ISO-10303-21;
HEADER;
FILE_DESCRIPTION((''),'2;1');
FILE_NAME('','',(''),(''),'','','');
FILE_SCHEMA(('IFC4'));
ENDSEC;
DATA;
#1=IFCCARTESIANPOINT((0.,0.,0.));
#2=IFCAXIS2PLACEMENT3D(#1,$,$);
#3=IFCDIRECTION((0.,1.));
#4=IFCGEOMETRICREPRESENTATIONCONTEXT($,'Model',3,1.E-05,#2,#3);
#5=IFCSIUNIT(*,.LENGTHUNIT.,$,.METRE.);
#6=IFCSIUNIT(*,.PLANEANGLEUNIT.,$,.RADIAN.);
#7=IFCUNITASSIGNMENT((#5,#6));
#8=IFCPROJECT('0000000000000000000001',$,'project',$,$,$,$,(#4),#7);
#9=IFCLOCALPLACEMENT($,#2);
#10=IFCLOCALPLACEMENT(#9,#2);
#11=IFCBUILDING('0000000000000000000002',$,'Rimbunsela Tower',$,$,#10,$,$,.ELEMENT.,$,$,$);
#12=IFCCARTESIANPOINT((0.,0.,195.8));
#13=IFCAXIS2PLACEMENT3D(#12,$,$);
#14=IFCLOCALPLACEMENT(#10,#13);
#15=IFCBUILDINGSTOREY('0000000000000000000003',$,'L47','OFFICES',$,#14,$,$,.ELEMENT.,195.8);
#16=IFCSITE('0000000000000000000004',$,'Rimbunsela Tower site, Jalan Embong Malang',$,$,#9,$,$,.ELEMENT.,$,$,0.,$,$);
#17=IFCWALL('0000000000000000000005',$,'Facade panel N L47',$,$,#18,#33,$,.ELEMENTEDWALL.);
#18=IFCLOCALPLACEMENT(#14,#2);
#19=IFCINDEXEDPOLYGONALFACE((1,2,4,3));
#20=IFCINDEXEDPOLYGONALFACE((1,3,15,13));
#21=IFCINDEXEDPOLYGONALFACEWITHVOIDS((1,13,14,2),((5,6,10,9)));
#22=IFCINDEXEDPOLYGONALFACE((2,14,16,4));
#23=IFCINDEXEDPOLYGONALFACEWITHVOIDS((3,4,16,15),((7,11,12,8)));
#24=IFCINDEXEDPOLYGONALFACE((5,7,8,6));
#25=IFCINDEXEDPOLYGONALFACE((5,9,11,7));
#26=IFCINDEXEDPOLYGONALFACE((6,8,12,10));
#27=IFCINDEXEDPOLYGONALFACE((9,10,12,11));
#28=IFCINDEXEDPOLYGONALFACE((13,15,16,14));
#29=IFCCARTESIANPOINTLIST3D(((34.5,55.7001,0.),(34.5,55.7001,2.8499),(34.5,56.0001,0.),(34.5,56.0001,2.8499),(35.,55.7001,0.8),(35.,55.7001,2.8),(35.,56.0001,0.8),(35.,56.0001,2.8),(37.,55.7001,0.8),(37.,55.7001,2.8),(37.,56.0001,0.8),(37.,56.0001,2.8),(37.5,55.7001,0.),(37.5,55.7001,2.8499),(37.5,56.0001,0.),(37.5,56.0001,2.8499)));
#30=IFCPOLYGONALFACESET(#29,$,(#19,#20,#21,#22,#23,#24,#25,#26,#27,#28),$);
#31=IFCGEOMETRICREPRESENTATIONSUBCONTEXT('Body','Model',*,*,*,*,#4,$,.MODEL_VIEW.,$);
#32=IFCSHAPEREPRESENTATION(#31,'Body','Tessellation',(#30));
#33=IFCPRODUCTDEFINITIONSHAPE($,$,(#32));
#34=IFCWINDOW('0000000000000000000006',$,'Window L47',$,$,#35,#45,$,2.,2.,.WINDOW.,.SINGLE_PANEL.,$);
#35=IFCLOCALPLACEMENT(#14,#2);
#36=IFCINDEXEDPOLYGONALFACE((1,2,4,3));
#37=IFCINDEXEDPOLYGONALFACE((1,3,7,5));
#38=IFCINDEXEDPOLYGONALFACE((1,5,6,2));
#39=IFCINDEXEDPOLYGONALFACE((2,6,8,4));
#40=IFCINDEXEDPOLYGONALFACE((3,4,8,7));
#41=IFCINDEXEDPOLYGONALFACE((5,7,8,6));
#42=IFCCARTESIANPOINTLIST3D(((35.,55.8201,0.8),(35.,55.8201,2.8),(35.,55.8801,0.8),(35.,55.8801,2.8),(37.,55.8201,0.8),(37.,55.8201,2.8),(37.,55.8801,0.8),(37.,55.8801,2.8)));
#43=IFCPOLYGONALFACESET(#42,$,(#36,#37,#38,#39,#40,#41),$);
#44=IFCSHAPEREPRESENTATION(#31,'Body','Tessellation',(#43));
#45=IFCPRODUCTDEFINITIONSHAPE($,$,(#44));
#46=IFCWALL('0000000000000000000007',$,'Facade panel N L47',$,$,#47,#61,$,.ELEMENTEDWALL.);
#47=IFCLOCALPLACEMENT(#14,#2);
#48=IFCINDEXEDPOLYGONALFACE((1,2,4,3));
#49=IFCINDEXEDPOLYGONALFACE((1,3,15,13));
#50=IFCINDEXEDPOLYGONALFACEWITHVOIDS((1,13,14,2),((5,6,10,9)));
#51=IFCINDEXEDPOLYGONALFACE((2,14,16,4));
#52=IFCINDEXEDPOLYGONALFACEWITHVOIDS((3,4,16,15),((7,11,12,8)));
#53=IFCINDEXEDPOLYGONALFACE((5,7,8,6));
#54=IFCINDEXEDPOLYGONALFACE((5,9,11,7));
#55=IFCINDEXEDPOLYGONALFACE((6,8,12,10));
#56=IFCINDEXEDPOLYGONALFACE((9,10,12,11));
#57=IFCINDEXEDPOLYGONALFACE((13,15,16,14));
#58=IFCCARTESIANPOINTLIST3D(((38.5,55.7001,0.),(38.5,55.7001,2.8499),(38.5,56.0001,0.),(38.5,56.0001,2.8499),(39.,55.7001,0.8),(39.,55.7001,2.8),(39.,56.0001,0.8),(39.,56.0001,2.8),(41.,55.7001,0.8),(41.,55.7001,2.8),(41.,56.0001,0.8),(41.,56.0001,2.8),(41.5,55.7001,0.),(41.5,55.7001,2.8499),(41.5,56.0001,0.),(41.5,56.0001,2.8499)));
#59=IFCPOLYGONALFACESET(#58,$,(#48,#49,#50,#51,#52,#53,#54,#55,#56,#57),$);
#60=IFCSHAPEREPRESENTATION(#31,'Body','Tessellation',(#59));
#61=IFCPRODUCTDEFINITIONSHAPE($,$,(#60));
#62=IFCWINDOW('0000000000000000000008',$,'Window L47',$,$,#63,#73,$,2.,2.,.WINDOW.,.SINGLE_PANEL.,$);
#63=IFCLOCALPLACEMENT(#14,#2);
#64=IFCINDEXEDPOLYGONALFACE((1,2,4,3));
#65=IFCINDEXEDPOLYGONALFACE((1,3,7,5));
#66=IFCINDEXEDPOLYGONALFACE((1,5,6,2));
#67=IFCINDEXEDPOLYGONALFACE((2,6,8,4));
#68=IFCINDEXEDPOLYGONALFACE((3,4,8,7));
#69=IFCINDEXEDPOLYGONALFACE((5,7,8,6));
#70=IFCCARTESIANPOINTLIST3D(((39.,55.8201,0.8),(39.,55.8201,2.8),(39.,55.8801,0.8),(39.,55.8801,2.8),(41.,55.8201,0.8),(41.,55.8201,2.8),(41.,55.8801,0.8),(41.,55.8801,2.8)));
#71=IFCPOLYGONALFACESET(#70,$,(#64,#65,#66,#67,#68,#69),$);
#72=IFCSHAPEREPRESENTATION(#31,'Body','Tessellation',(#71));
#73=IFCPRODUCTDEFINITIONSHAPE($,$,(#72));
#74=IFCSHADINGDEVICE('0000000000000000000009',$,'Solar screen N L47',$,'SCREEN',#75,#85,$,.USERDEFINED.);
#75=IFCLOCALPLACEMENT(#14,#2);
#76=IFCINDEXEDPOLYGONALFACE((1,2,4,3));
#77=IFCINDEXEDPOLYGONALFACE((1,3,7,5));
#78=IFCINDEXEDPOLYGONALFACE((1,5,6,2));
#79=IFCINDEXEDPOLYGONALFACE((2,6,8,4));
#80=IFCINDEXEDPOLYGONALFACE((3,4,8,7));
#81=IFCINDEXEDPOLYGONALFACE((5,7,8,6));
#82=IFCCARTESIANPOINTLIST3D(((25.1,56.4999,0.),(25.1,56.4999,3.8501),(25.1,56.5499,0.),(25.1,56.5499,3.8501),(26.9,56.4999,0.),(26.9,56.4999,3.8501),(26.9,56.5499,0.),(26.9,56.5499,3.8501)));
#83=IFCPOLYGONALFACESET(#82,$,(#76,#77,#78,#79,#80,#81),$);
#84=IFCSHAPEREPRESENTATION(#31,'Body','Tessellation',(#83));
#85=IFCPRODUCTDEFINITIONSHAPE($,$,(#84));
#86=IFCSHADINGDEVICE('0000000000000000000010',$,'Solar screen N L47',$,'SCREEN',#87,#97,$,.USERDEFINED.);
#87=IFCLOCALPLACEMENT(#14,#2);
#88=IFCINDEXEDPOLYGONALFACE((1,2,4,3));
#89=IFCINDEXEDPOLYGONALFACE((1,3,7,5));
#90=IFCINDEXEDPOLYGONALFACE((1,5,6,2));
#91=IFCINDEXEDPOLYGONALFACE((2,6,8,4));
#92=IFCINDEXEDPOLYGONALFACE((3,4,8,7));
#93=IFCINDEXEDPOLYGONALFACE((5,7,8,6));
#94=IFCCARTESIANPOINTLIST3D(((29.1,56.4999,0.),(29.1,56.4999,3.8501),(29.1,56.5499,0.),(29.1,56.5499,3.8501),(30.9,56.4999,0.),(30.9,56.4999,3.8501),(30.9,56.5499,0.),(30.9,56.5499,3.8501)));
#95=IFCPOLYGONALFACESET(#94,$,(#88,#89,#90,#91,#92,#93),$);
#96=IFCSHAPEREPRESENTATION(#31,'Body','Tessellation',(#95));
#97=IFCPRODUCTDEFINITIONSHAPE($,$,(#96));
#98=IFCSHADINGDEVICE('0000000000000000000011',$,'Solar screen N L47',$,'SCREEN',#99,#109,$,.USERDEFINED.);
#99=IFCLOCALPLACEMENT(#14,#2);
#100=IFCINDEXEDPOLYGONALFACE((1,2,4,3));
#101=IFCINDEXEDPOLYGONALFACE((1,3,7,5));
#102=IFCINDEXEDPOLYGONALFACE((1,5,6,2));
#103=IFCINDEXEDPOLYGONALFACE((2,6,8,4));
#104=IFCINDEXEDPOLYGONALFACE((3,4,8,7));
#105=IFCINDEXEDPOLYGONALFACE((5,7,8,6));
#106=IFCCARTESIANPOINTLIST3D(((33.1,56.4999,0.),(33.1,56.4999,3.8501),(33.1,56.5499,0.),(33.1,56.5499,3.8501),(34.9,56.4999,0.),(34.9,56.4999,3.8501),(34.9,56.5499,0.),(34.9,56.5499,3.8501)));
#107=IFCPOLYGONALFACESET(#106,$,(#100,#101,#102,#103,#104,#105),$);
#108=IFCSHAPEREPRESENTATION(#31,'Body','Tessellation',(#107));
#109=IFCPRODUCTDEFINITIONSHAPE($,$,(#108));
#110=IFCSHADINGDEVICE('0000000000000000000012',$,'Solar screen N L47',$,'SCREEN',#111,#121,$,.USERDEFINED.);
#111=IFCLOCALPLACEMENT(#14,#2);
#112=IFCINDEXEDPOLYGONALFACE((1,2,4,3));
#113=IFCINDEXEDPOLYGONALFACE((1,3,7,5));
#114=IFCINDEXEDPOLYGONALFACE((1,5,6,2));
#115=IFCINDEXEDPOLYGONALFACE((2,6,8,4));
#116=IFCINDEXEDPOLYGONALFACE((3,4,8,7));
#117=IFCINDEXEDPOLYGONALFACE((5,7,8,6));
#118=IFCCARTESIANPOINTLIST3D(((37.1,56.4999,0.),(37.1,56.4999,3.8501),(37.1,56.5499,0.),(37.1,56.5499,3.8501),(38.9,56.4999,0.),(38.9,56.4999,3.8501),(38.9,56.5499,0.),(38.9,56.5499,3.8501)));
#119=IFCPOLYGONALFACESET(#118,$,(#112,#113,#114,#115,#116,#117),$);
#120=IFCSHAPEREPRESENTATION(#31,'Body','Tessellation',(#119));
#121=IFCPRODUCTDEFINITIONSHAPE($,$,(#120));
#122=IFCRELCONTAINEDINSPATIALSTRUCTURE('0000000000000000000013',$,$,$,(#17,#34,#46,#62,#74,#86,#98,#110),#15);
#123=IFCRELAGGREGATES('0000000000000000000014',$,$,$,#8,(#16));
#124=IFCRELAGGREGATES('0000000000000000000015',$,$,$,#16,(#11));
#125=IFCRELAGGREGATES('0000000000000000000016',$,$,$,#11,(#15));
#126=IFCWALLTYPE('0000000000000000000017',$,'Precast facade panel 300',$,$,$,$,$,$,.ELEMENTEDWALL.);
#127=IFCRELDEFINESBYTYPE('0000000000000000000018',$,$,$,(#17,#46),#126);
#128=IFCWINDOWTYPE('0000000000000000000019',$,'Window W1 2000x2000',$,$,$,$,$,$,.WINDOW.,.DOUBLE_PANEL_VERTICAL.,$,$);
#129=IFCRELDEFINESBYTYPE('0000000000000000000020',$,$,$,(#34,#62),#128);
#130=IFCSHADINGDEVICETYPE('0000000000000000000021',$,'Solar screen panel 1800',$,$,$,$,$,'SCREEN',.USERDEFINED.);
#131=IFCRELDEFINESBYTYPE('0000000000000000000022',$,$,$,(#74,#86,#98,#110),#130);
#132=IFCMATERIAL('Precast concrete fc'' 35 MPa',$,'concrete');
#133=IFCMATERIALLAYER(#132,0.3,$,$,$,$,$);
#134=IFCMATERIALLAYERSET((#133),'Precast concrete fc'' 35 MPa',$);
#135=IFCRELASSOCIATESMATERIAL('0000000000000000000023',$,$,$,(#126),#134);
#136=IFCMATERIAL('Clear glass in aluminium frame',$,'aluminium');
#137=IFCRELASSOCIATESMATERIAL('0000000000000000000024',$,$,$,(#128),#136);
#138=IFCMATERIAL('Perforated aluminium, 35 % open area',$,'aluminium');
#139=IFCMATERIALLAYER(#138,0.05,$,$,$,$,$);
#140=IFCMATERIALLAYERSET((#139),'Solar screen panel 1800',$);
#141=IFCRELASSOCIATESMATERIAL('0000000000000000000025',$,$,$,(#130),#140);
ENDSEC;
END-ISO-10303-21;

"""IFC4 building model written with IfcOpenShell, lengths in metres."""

from ifc_helpers import new_model, si_unit, direction, frame, frame_2d, origin, origin_2d, place, context, subcontext, project, spatial, rectangle, extrude, material, layer, layer_set, type_object, element, fill, save


model = new_model("IFC4")

# Units and contexts
model_context = context("Model", 3, precision=1e-05, world=origin(), true_north=direction((0.0, 1.0)))
body_context = subcontext(model_context, "Body", "Model", "MODEL_VIEW")
ifc_project = project(units=[si_unit("LENGTHUNIT", "METRE"), si_unit("PLANEANGLEUNIT", "RADIAN")], contexts=[model_context])

# Site, building, storey
site_placement = place(None, origin())
site = spatial("IfcSite", under=ifc_project, at=site_placement, Name="Rimbunsela Tower site, Jalan Embong Malang", CompositionType="ELEMENT", RefElevation=0.0)
building_placement = place(site_placement, origin())
building = spatial("IfcBuilding", under=site, at=building_placement, Name="Rimbunsela Tower", CompositionType="ELEMENT")
storey_placement = place(building_placement, frame((0.0, 0.0, 195.8)))
storey = spatial("IfcBuildingStorey", under=building, at=storey_placement, Name="L47", Description="OFFICES", CompositionType="ELEMENT", Elevation=195.8)

# Shared definitions
ifc_material_1 = material(Name="Precast concrete fc' 35 MPa", Category="concrete")
ifc_layer_1 = layer(ifc_material_1, 0.3)
ifc_layer_set_1 = layer_set([ifc_layer_1], Name="Precast concrete fc' 35 MPa")
wall_type_1 = type_object("IfcWallType", Name="Precast facade panel 300", PredefinedType="ELEMENTEDWALL", material=ifc_layer_set_1)

# Walls, openings, windows
ifc_material_2 = material(Name="Clear glass in aluminium frame", Category="aluminium")
window_type_1 = type_object("IfcWindowType", Name="Window W1 2000x2000", PartitioningType="DOUBLE_PANEL_VERTICAL", PredefinedType="WINDOW", material=ifc_material_2)
wall_1_placement = place(storey_placement, frame((37.5, 55.8501, 0.0), z_axis=(0.0, 0.0, 1.0), x_axis=(-1.0, 0.0, 0.0)))
wall_1 = element("IfcWall", 1, at=wall_1_placement, inside=storey, type_object=wall_type_1, Name="Facade panel N L47", PredefinedType="ELEMENTEDWALL", context=body_context, shape_type="SweptSolid", body=[
    extrude(rectangle(XDim=3.0, YDim=0.3, at=frame_2d((1.5, 0.0))), origin(), (0.0, 0.0, 1.0), 2.8499),
])
opening_1_placement = place(wall_1_placement, frame((0.5, 0.0, 0.8)))
opening_1 = element("IfcOpeningElement", 2, at=opening_1_placement, cuts=wall_1, PredefinedType="OPENING", context=body_context, shape_type="SweptSolid", body=[
    extrude(rectangle(XDim=2.0, YDim=2.0, at=frame_2d((1.0, 1.0))), frame((0.0, 0.1599, 0.0), z_axis=(0.0, -1.0, 0.0), x_axis=(1.0, 0.0, 0.0)), (0.0, 0.0, 1.0), 0.3201),
])
window_1_placement = place(opening_1_placement, origin())
window_1 = element("IfcWindow", 3, at=window_1_placement, inside=storey, type_object=window_type_1, Name="Window L47", OverallHeight=2.0, OverallWidth=2.0, PartitioningType="SINGLE_PANEL", PredefinedType="WINDOW", context=body_context, shape_type="SweptSolid", body=[
    extrude(rectangle(XDim=2.0, YDim=2.0, at=frame_2d((1.0, 1.0))), frame((0.0, 0.03, 0.0), z_axis=(0.0, -1.0, 0.0), x_axis=(1.0, 0.0, 0.0)), (0.0, 0.0, 1.0), 0.0601),
])
fill(opening_1, window_1)
wall_2_placement = place(storey_placement, frame((41.5, 55.8501, 0.0), z_axis=(0.0, 0.0, 1.0), x_axis=(-1.0, 0.0, 0.0)))
wall_2 = element("IfcWall", 4, at=wall_2_placement, inside=storey, type_object=wall_type_1, Name="Facade panel N L47", PredefinedType="ELEMENTEDWALL", context=body_context, shape_type="SweptSolid", body=[
    extrude(rectangle(XDim=3.0, YDim=0.3, at=frame_2d((1.5, 0.0))), origin(), (0.0, 0.0, 1.0), 2.8499),
])
opening_2_placement = place(wall_2_placement, frame((0.5, 0.0, 0.8)))
opening_2 = element("IfcOpeningElement", 5, at=opening_2_placement, cuts=wall_2, PredefinedType="OPENING", context=body_context, shape_type="SweptSolid", body=[
    extrude(rectangle(XDim=2.0, YDim=2.0, at=frame_2d((1.0, 1.0))), frame((0.0, 0.1599, 0.0), z_axis=(0.0, -1.0, 0.0), x_axis=(1.0, 0.0, 0.0)), (0.0, 0.0, 1.0), 0.3201),
])
window_2_placement = place(opening_2_placement, origin())
window_2 = element("IfcWindow", 6, at=window_2_placement, inside=storey, type_object=window_type_1, Name="Window L47", OverallHeight=2.0, OverallWidth=2.0, PartitioningType="SINGLE_PANEL", PredefinedType="WINDOW", context=body_context, shape_type="SweptSolid", body=[
    extrude(rectangle(XDim=2.0, YDim=2.0, at=frame_2d((1.0, 1.0))), frame((0.0, 0.03, 0.0), z_axis=(0.0, -1.0, 0.0), x_axis=(1.0, 0.0, 0.0)), (0.0, 0.0, 1.0), 0.0601),
])
fill(opening_2, window_2)

# Shading devices
ifc_material_3 = material(Name="Perforated aluminium, 35 % open area", Category="aluminium")
ifc_layer_2 = layer(ifc_material_3, 0.05)
ifc_layer_set_2 = layer_set([ifc_layer_2], Name="Solar screen panel 1800")
shading_device_type = type_object("IfcShadingDeviceType", Name="Solar screen panel 1800", ElementType="SCREEN", PredefinedType="USERDEFINED", material=ifc_layer_set_2)
for number, where, z_axis, x_axis, name in (
    (7, (26.0, 56.5249, 0.0), (0.0, 0.0, 1.0), (1.0, 0.0, 0.0), "Solar screen N L47"),
    (8, (30.0, 56.5249, 0.0), (0.0, 0.0, 1.0), (1.0, 0.0, 0.0), "Solar screen N L47"),
    (9, (34.0, 56.5249, 0.0), (0.0, 0.0, 1.0), (1.0, 0.0, 0.0), "Solar screen N L47"),
    (10, (38.0, 56.5249, 0.0), (0.0, 0.0, 1.0), (1.0, 0.0, 0.0), "Solar screen N L47"),
):
    element("IfcShadingDevice", number, at=place(storey_placement, frame(where, z_axis=z_axis, x_axis=x_axis)), inside=storey, type_object=shading_device_type, Name=name, ObjectType="SCREEN", PredefinedType="USERDEFINED", context=body_context, shape_type="SweptSolid", body=[
        extrude(rectangle(XDim=1.8, YDim=0.05, at=origin_2d()), origin(), (0.0, 0.0, 1.0), 3.8501),
    ])

save(model, "model.ifc")
